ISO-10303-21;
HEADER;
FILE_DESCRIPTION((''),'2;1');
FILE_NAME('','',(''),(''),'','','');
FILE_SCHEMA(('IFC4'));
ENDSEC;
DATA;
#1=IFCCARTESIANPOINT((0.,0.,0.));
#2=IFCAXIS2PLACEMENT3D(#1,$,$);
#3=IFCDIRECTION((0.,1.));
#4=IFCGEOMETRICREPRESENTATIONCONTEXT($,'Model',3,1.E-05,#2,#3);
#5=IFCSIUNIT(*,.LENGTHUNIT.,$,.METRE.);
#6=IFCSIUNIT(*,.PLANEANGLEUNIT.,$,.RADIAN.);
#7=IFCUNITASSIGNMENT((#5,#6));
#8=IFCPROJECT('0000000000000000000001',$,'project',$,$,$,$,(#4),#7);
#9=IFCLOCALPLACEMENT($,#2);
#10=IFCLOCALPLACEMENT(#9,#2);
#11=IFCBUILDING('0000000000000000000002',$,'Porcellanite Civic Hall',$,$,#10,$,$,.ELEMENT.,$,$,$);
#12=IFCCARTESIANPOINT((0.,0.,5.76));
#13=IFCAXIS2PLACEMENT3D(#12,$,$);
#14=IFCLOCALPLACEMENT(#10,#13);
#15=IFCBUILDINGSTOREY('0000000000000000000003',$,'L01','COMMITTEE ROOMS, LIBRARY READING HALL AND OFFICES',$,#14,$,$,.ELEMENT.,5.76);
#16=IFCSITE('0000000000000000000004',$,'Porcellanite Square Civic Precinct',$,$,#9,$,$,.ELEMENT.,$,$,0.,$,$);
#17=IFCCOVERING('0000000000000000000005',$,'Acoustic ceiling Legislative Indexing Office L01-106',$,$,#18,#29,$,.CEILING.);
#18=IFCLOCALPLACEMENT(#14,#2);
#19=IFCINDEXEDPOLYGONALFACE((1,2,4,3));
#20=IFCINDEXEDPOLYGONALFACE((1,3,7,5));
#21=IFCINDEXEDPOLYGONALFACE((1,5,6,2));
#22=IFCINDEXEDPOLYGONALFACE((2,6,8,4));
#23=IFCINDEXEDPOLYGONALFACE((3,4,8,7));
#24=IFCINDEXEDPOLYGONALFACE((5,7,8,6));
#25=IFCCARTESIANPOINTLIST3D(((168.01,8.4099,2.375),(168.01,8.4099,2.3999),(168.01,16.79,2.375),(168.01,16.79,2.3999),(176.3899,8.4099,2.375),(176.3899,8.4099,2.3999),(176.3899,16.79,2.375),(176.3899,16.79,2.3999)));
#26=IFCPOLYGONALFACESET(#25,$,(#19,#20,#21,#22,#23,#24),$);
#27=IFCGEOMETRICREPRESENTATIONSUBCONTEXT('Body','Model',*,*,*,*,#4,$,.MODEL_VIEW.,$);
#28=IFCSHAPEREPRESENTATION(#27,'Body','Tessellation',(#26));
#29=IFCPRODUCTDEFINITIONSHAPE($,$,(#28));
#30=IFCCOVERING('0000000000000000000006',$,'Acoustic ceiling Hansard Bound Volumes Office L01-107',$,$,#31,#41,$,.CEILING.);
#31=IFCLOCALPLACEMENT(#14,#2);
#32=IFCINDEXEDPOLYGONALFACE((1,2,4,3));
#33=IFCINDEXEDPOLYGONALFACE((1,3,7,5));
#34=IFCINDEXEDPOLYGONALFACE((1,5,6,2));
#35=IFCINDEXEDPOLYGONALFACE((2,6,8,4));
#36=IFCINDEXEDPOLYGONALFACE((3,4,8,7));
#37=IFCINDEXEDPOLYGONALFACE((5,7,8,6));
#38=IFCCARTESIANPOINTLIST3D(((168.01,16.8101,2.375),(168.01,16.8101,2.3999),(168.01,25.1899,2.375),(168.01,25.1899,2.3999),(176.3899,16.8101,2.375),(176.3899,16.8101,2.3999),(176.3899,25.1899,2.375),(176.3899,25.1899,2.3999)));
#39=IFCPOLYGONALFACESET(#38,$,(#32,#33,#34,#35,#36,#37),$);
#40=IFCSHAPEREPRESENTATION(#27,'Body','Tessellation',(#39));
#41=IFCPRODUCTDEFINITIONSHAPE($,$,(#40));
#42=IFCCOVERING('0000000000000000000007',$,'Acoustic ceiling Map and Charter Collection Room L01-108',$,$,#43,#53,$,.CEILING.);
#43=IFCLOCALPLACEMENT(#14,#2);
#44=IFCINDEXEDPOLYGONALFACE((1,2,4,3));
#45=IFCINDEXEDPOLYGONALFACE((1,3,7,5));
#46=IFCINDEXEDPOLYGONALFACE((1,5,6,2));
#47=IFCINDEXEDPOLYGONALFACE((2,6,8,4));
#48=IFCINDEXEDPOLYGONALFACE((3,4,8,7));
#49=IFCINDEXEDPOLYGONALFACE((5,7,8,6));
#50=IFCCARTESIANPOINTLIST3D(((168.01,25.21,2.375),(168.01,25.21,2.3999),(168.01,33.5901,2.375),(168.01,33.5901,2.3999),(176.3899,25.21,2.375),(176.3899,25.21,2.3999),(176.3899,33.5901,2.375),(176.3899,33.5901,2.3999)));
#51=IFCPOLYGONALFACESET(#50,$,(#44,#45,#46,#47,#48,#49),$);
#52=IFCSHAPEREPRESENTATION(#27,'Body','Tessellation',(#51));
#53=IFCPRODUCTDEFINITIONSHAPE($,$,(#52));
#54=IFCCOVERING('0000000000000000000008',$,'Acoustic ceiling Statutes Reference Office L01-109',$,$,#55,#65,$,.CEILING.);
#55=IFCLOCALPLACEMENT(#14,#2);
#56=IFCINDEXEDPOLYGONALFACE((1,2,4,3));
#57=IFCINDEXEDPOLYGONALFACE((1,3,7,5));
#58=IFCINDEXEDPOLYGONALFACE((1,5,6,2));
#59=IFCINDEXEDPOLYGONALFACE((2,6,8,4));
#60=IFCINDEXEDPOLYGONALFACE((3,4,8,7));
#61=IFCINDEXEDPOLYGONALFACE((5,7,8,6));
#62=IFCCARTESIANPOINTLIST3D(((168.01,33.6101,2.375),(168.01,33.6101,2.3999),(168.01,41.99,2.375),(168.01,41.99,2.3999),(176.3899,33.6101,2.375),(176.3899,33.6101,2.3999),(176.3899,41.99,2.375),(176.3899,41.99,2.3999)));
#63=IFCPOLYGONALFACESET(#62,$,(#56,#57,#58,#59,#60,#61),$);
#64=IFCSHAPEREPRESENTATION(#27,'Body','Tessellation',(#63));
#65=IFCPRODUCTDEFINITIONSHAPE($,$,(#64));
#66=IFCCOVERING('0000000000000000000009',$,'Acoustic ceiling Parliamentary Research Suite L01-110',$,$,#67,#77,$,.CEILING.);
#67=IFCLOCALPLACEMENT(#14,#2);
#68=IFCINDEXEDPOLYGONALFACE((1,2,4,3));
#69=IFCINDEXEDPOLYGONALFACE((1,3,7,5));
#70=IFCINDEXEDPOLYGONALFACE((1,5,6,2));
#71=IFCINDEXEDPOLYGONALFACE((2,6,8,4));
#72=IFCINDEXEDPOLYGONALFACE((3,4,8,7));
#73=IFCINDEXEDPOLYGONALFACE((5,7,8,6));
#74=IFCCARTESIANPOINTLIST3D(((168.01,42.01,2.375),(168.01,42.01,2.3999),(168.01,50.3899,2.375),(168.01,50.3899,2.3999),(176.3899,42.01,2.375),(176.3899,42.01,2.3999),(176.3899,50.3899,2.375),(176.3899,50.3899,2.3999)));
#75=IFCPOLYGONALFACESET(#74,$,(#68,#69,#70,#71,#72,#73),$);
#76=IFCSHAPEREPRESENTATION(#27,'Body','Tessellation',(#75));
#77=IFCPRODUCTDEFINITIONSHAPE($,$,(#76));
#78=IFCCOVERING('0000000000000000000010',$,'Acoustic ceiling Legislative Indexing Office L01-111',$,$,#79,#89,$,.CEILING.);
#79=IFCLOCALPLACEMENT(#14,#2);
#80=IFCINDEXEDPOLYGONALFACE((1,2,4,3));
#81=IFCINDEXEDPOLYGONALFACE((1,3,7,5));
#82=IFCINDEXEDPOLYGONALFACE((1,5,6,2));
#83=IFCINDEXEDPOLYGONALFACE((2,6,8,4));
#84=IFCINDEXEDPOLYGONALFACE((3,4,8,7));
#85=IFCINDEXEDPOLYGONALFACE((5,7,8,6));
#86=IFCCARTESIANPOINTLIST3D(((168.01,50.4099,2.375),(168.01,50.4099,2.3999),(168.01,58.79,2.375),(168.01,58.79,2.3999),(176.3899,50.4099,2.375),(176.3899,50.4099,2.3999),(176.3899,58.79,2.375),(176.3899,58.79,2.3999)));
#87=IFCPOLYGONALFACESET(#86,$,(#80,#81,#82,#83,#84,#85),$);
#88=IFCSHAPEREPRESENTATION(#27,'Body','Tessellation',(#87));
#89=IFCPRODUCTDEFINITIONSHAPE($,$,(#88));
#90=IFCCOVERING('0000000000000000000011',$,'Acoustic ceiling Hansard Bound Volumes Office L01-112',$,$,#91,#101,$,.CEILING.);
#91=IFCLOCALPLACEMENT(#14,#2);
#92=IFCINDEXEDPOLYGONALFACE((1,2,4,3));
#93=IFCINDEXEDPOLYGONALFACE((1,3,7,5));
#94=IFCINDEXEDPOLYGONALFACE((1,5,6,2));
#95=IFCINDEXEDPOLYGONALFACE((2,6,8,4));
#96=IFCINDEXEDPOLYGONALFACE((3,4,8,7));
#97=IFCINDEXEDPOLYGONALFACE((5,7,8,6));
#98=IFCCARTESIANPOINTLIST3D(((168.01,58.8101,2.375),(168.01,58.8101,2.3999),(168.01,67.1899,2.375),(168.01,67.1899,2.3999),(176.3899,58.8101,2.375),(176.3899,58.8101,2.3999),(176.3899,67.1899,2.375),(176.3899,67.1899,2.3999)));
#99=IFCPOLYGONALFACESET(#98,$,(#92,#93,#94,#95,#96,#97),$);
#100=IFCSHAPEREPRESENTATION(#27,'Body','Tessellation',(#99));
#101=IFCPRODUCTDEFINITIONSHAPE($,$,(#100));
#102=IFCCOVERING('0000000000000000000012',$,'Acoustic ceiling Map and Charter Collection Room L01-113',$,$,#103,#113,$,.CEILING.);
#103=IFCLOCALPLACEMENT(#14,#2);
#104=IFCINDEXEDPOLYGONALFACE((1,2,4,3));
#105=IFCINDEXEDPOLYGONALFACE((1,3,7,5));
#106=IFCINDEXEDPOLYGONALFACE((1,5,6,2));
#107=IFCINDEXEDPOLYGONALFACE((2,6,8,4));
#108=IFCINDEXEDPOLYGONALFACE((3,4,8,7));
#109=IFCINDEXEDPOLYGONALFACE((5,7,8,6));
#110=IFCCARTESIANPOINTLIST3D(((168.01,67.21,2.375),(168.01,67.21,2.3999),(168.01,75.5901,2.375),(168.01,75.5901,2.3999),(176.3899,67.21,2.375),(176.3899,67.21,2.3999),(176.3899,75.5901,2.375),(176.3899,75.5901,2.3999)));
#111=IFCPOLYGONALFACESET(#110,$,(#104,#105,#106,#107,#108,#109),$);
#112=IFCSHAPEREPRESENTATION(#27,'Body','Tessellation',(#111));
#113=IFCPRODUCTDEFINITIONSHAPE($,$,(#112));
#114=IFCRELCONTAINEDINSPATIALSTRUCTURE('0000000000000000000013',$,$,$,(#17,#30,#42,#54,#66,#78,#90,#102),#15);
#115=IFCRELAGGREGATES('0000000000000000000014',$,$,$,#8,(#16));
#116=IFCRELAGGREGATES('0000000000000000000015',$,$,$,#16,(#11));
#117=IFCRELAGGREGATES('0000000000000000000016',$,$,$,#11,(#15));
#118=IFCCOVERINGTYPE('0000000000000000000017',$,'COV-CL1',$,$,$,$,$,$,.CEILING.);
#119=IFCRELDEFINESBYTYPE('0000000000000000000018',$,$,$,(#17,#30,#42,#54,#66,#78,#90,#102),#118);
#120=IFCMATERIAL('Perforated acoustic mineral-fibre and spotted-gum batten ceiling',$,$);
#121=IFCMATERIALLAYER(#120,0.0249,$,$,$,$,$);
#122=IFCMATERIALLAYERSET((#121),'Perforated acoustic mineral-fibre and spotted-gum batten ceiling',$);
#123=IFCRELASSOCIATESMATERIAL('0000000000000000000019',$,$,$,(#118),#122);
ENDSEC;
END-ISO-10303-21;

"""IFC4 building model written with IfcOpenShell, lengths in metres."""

from ifc_helpers import new_model, si_unit, direction, frame, origin, place, context, subcontext, project, spatial, polyline, outline, extrude, material, layer, layer_set, type_object, element, save


model = new_model("IFC4")

# Units and contexts
model_context = context("Model", 3, precision=1e-05, world=origin(), true_north=direction((0.0, 1.0)))
body_context = subcontext(model_context, "Body", "Model", "MODEL_VIEW")
ifc_project = project(units=[si_unit("LENGTHUNIT", "METRE"), si_unit("PLANEANGLEUNIT", "RADIAN")], contexts=[model_context])

# Site, building, storey
site_placement = place(None, origin())
site = spatial("IfcSite", under=ifc_project, at=site_placement, Name="Porcellanite Square Civic Precinct", CompositionType="ELEMENT", RefElevation=0.0)
building_placement = place(site_placement, origin())
building = spatial("IfcBuilding", under=site, at=building_placement, Name="Porcellanite Civic Hall", CompositionType="ELEMENT")
storey_placement = place(building_placement, frame((0.0, 0.0, 5.76)))
storey = spatial("IfcBuildingStorey", under=building, at=storey_placement, Name="L01", Description="COMMITTEE ROOMS, LIBRARY READING HALL AND OFFICES", CompositionType="ELEMENT", Elevation=5.76)

# Coverings
ifc_material_1 = material(Name="Perforated acoustic mineral-fibre and spotted-gum batten ceiling")
ifc_layer_1 = layer(ifc_material_1, 0.0249)
ifc_layer_set_1 = layer_set([ifc_layer_1], Name="Perforated acoustic mineral-fibre and spotted-gum batten ceiling")
covering_type = type_object("IfcCoveringType", Name="COV-CL1", PredefinedType="CEILING", material=ifc_layer_set_1)
covering_1_placement = place(storey_placement, frame((0.0, 0.0, 2.375)))
element("IfcCovering", 1, at=covering_1_placement, inside=storey, type_object=covering_type, Name="Acoustic ceiling Legislative Indexing Office L01-106", PredefinedType="CEILING", context=body_context, shape_type="SweptSolid", body=[
    extrude(outline(polyline([(168.01, 8.4099), (176.3899, 8.4099), (176.3899, 16.79), (168.01, 16.79), (168.01, 8.4099)])), origin(), (0.0, 0.0, 1.0), 0.0249),
])
covering_2_placement = place(storey_placement, frame((0.0, 0.0, 2.375)))
element("IfcCovering", 2, at=covering_2_placement, inside=storey, type_object=covering_type, Name="Acoustic ceiling Hansard Bound Volumes Office L01-107", PredefinedType="CEILING", context=body_context, shape_type="SweptSolid", body=[
    extrude(outline(polyline([(168.01, 16.8101), (176.3899, 16.8101), (176.3899, 25.1899), (168.01, 25.1899), (168.01, 16.8101)])), origin(), (0.0, 0.0, 1.0), 0.0249),
])
covering_3_placement = place(storey_placement, frame((0.0, 0.0, 2.375)))
element("IfcCovering", 3, at=covering_3_placement, inside=storey, type_object=covering_type, Name="Acoustic ceiling Map and Charter Collection Room L01-108", PredefinedType="CEILING", context=body_context, shape_type="SweptSolid", body=[
    extrude(outline(polyline([(168.01, 25.21), (176.3899, 25.21), (176.3899, 33.5901), (168.01, 33.5901), (168.01, 25.21)])), origin(), (0.0, 0.0, 1.0), 0.0249),
])
covering_4_placement = place(storey_placement, frame((0.0, 0.0, 2.375)))
element("IfcCovering", 4, at=covering_4_placement, inside=storey, type_object=covering_type, Name="Acoustic ceiling Statutes Reference Office L01-109", PredefinedType="CEILING", context=body_context, shape_type="SweptSolid", body=[
    extrude(outline(polyline([(168.01, 33.6101), (176.3899, 33.6101), (176.3899, 41.99), (168.01, 41.99), (168.01, 33.6101)])), origin(), (0.0, 0.0, 1.0), 0.0249),
])
covering_5_placement = place(storey_placement, frame((0.0, 0.0, 2.375)))
element("IfcCovering", 5, at=covering_5_placement, inside=storey, type_object=covering_type, Name="Acoustic ceiling Parliamentary Research Suite L01-110", PredefinedType="CEILING", context=body_context, shape_type="SweptSolid", body=[
    extrude(outline(polyline([(168.01, 42.01), (176.3899, 42.01), (176.3899, 50.3899), (168.01, 50.3899), (168.01, 42.01)])), origin(), (0.0, 0.0, 1.0), 0.0249),
])
covering_6_placement = place(storey_placement, frame((0.0, 0.0, 2.375)))
element("IfcCovering", 6, at=covering_6_placement, inside=storey, type_object=covering_type, Name="Acoustic ceiling Legislative Indexing Office L01-111", PredefinedType="CEILING", context=body_context, shape_type="SweptSolid", body=[
    extrude(outline(polyline([(168.01, 50.4099), (176.3899, 50.4099), (176.3899, 58.79), (168.01, 58.79), (168.01, 50.4099)])), origin(), (0.0, 0.0, 1.0), 0.0249),
])
covering_7_placement = place(storey_placement, frame((0.0, 0.0, 2.375)))
element("IfcCovering", 7, at=covering_7_placement, inside=storey, type_object=covering_type, Name="Acoustic ceiling Hansard Bound Volumes Office L01-112", PredefinedType="CEILING", context=body_context, shape_type="SweptSolid", body=[
    extrude(outline(polyline([(168.01, 58.8101), (176.3899, 58.8101), (176.3899, 67.1899), (168.01, 67.1899), (168.01, 58.8101)])), origin(), (0.0, 0.0, 1.0), 0.0249),
])
covering_8_placement = place(storey_placement, frame((0.0, 0.0, 2.375)))
element("IfcCovering", 8, at=covering_8_placement, inside=storey, type_object=covering_type, Name="Acoustic ceiling Map and Charter Collection Room L01-113", PredefinedType="CEILING", context=body_context, shape_type="SweptSolid", body=[
    extrude(outline(polyline([(168.01, 67.21), (176.3899, 67.21), (176.3899, 75.5901), (168.01, 75.5901), (168.01, 67.21)])), origin(), (0.0, 0.0, 1.0), 0.0249),
])

save(model, "model.ifc")
